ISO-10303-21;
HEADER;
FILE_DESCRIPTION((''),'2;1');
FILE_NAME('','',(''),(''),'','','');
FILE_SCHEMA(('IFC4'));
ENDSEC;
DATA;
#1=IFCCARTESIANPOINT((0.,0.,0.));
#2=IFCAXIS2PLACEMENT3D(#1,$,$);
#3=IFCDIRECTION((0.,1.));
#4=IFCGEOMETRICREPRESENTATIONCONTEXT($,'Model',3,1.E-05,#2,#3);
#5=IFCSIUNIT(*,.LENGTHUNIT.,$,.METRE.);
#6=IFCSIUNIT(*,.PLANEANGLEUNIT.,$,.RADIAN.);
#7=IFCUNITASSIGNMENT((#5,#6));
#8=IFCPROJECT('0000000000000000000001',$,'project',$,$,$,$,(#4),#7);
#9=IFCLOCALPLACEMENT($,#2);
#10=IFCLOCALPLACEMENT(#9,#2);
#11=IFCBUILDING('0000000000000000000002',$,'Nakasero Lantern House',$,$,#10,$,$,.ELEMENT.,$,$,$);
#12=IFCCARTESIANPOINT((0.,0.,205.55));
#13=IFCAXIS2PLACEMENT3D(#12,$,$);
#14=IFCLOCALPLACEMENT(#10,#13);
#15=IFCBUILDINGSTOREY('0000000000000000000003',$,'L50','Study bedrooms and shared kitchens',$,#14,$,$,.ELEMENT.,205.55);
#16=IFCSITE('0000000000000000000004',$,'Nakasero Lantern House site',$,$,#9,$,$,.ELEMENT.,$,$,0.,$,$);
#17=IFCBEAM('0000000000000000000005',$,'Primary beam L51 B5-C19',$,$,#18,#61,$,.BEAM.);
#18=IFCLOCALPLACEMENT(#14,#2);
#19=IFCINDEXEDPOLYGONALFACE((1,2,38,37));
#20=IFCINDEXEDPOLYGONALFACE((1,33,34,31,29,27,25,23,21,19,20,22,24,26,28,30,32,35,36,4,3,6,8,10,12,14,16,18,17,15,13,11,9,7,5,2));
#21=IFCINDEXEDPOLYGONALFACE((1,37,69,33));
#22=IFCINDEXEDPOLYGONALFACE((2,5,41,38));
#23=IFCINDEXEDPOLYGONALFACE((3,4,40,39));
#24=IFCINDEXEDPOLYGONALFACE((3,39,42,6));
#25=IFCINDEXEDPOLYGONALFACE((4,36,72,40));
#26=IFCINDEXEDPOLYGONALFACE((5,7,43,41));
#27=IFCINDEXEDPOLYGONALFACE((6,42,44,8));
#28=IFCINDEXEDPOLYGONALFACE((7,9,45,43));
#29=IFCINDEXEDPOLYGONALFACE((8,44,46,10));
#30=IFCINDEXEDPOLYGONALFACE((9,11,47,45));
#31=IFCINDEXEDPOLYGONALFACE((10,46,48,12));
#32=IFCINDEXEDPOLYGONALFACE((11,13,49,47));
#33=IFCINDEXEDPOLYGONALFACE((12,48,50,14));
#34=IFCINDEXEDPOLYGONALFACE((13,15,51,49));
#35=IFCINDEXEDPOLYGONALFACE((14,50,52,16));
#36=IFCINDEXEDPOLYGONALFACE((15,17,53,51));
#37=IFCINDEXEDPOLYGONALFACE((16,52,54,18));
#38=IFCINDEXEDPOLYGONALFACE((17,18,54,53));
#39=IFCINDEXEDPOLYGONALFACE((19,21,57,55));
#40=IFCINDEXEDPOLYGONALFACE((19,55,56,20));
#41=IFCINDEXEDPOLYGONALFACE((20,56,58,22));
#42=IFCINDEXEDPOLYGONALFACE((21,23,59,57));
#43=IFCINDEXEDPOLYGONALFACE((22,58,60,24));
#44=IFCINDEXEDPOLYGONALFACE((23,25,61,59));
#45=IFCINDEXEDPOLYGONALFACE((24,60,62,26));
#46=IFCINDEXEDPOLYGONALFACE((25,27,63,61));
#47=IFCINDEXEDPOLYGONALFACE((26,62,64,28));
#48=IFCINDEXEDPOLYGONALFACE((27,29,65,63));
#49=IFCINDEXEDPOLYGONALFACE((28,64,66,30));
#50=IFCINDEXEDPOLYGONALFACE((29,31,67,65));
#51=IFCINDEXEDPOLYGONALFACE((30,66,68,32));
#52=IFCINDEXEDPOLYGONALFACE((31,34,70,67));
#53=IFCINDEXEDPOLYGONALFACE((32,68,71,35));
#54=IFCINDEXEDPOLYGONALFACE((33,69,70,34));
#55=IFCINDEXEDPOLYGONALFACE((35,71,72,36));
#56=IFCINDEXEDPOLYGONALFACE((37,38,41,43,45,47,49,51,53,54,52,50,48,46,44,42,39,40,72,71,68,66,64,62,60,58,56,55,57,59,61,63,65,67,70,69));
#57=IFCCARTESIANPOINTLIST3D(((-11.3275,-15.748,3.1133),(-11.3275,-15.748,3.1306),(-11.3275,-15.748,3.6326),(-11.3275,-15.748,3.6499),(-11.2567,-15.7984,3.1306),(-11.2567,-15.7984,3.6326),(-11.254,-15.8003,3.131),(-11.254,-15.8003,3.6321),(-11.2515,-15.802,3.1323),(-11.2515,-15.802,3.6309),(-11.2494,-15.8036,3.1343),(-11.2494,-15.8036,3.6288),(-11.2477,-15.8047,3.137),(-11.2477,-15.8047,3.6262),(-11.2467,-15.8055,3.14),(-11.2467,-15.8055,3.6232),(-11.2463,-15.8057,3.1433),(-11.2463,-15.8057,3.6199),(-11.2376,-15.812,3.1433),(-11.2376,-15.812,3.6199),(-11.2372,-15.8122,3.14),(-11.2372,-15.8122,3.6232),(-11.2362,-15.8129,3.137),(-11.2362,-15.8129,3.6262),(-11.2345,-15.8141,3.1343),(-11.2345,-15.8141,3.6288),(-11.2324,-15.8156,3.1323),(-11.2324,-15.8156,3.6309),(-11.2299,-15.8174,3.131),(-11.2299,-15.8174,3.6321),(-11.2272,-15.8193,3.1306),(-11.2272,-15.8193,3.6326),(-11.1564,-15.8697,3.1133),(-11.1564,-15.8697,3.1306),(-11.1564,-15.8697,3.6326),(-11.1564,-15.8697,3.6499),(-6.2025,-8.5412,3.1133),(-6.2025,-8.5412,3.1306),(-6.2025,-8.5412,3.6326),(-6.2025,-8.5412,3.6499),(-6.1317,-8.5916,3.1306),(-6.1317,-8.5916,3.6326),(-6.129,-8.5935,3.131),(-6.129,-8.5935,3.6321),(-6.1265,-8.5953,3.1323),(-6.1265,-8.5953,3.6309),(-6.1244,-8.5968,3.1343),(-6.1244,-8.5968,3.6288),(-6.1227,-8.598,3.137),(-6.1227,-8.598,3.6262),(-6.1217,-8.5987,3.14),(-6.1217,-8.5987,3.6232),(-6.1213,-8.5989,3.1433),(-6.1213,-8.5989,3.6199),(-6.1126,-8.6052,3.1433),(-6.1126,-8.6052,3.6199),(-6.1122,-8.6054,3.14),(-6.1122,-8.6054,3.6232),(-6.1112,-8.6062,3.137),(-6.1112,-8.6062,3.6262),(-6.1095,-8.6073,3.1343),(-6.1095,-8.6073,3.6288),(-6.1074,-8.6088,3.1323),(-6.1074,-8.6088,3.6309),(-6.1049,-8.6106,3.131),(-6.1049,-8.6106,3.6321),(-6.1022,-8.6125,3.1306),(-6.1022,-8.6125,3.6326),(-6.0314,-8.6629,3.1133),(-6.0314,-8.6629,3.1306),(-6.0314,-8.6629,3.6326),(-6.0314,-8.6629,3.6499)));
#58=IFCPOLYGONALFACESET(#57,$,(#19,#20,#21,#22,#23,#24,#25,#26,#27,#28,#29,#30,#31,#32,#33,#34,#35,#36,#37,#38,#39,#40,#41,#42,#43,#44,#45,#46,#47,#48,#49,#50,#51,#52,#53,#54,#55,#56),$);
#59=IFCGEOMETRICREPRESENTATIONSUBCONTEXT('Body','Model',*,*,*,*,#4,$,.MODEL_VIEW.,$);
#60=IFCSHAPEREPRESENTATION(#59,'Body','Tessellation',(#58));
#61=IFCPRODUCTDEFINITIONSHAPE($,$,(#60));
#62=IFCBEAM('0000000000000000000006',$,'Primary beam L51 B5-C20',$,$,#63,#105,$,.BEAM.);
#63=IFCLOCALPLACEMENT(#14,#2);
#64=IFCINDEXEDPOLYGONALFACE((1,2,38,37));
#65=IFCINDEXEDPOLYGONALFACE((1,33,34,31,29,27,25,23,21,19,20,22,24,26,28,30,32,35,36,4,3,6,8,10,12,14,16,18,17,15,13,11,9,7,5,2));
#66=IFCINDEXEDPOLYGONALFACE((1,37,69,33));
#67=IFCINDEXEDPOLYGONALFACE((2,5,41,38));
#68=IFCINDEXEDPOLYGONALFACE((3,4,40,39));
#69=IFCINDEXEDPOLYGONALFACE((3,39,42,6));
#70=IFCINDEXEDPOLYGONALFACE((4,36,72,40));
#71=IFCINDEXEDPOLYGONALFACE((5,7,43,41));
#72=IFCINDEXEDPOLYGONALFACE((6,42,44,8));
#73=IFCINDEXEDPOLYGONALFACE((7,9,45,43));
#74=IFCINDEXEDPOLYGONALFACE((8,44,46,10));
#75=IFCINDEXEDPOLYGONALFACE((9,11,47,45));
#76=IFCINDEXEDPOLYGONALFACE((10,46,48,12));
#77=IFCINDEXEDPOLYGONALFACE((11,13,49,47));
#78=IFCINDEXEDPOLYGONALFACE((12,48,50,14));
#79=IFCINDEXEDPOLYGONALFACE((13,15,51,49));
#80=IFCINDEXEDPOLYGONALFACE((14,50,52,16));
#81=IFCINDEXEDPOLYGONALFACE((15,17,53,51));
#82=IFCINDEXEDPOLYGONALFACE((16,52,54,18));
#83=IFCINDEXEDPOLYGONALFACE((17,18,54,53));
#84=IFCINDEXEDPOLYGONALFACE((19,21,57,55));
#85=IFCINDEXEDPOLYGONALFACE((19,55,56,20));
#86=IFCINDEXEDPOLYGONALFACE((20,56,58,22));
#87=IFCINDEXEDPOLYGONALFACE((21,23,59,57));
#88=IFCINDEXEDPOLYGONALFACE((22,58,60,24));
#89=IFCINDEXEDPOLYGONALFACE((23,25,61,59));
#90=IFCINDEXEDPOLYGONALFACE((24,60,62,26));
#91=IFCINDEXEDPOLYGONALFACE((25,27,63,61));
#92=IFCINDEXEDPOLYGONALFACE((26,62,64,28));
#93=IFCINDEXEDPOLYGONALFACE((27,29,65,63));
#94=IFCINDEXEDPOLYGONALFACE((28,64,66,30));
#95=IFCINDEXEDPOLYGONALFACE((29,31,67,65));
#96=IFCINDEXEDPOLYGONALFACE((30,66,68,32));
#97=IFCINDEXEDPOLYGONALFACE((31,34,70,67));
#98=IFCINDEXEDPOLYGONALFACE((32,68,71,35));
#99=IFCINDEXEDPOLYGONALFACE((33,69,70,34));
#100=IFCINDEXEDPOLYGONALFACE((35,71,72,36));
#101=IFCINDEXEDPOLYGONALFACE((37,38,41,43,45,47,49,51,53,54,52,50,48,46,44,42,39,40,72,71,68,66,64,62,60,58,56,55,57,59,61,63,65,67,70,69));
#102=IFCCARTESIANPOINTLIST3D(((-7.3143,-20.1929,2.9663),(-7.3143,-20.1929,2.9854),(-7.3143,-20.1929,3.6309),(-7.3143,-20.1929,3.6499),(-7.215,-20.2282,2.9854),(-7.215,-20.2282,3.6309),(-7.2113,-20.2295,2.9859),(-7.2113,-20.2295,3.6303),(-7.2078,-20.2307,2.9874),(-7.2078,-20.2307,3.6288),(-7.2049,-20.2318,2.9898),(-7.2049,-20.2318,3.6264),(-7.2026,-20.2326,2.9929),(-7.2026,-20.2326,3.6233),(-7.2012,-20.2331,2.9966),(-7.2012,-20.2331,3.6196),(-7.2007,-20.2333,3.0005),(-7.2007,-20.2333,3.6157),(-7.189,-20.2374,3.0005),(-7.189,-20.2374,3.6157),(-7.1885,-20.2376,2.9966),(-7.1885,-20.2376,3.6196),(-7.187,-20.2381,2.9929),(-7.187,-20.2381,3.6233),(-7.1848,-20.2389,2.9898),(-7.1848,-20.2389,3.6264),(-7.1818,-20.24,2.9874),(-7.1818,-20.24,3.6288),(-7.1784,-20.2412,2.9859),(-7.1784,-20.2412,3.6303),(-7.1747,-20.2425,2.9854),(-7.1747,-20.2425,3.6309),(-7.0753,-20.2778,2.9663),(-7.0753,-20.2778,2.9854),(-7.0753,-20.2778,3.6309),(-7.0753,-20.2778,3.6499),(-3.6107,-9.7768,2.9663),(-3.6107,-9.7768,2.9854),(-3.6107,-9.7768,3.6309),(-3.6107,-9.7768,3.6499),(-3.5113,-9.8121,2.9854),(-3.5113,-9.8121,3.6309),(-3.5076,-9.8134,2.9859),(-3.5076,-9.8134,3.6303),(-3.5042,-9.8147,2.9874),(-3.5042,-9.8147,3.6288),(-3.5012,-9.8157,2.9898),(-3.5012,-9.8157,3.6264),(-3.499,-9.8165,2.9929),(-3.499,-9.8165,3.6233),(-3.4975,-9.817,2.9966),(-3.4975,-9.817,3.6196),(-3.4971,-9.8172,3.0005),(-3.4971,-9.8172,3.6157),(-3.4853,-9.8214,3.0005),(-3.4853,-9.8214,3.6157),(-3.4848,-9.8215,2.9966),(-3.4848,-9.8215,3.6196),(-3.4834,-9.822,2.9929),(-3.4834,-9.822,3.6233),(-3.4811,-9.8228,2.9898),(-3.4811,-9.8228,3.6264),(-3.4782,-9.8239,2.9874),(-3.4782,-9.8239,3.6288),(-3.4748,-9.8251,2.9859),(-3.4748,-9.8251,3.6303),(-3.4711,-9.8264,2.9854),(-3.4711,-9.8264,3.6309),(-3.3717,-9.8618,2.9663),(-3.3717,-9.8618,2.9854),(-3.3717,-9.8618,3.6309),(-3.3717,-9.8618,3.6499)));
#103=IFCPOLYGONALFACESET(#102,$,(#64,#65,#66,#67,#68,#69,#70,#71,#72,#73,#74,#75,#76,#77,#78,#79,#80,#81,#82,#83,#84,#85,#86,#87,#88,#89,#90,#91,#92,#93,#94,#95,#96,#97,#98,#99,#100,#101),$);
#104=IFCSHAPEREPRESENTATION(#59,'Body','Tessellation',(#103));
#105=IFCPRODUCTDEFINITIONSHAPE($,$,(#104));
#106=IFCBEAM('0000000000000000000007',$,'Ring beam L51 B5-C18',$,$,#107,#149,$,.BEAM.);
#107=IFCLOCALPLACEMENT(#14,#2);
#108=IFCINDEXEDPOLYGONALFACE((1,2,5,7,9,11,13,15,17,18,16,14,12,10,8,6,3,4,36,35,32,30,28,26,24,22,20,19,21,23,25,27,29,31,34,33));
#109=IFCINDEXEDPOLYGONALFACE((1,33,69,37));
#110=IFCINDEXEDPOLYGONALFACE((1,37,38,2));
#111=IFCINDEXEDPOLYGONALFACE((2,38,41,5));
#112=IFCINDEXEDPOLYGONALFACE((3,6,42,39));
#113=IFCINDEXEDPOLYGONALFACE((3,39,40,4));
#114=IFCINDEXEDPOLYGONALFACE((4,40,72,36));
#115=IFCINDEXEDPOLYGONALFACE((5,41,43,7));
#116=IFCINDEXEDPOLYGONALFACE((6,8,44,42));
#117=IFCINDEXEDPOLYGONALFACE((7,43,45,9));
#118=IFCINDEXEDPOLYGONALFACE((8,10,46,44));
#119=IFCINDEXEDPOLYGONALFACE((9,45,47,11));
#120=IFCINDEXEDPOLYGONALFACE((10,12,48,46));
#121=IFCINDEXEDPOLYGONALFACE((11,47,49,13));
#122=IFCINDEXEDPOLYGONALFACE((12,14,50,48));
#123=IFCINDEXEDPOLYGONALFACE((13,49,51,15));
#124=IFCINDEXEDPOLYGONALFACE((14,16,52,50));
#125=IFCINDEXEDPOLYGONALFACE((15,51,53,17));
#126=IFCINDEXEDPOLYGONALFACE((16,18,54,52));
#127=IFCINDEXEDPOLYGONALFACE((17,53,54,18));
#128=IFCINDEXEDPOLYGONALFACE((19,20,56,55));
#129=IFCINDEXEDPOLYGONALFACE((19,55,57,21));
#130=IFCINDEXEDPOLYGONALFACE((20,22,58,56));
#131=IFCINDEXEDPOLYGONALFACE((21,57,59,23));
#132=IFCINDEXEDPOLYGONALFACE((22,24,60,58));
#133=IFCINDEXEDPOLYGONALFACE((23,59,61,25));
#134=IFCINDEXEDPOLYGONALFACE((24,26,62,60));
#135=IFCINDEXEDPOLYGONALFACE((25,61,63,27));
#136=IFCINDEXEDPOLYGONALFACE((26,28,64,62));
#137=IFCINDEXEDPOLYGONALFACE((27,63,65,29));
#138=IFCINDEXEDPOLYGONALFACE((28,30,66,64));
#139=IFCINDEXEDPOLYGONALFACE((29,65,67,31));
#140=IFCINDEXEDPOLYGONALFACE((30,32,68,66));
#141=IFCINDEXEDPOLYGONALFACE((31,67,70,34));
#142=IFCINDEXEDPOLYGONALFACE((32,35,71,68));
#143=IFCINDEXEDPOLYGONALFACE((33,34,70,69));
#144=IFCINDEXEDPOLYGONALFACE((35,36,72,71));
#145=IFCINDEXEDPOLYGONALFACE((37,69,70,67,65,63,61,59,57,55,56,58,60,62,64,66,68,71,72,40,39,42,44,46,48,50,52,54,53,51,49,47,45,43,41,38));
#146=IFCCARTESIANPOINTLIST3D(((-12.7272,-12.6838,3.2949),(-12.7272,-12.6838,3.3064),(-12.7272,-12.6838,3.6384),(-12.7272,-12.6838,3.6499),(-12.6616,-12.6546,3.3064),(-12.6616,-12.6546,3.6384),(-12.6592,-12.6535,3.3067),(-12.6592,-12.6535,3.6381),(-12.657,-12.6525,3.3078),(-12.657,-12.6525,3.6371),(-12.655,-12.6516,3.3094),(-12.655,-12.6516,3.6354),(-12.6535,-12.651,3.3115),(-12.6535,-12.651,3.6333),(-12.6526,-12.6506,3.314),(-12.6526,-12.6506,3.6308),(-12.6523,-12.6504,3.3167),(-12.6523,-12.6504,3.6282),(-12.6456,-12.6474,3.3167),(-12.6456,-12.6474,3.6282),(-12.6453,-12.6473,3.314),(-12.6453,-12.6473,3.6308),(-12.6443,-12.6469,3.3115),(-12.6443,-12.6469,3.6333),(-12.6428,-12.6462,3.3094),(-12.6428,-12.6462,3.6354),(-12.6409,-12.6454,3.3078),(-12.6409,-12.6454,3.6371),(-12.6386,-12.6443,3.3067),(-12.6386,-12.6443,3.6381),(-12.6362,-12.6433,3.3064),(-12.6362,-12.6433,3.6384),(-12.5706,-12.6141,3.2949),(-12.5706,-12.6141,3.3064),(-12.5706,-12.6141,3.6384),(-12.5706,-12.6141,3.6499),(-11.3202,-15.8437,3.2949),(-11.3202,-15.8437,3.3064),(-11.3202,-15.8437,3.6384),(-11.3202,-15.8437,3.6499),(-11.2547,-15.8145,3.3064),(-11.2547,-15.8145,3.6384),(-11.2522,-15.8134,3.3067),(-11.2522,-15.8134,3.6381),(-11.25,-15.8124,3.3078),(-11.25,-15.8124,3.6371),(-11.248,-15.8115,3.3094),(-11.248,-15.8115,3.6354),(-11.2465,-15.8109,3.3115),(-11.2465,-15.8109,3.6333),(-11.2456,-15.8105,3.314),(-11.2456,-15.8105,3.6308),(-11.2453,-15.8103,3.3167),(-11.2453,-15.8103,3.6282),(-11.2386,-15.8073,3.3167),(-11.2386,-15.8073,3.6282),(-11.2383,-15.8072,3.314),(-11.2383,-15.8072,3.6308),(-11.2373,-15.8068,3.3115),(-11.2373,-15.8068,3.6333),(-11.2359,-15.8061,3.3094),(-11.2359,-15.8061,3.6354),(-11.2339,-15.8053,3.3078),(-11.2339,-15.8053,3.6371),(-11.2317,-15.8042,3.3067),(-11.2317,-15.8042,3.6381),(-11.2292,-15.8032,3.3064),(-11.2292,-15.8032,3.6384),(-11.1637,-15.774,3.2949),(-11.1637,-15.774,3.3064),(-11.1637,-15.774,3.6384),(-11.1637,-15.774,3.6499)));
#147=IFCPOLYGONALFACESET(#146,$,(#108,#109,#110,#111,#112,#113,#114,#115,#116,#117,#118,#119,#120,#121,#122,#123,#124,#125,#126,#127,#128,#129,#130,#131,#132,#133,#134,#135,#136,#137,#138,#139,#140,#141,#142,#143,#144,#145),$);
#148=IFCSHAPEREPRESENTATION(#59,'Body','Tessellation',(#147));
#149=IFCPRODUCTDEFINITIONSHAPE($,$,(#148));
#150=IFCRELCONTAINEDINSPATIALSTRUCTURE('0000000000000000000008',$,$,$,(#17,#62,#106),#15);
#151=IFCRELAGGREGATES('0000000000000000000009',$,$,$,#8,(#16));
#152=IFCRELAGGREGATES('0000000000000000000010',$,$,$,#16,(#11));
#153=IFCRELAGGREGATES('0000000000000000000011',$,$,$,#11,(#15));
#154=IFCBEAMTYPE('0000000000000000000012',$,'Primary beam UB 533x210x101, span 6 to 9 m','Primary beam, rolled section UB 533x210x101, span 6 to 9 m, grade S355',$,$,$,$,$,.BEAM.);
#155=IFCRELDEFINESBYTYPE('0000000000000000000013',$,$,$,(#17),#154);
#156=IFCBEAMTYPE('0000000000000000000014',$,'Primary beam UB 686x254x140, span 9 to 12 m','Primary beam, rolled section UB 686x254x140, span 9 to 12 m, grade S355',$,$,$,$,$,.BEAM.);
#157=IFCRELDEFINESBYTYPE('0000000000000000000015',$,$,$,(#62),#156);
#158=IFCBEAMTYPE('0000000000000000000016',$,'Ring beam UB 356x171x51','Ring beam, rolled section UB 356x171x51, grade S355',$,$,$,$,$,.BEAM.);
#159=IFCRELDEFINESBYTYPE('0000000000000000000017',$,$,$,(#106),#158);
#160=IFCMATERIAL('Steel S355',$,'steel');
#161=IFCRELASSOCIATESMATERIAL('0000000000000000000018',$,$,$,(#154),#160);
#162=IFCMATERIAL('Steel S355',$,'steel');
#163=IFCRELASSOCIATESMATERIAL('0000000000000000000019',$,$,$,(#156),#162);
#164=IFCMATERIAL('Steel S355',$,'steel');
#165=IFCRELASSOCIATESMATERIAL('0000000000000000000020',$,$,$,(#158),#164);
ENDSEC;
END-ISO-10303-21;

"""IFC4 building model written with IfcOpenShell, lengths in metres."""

from ifc_helpers import new_model, si_unit, direction, frame, origin, origin_2d, place, context, subcontext, project, spatial, i_section, extrude, material, material_profile, profile_set, type_object, element, save


model = new_model("IFC4")

# Units and contexts
model_context = context("Model", 3, precision=1e-05, world=origin(), true_north=direction((0.0, 1.0)))
body_context = subcontext(model_context, "Body", "Model", "MODEL_VIEW")
ifc_project = project(units=[si_unit("LENGTHUNIT", "METRE"), si_unit("PLANEANGLEUNIT", "RADIAN")], contexts=[model_context])

# Site, building, storey
site_placement = place(None, origin())
site = spatial("IfcSite", under=ifc_project, at=site_placement, Name="Nakasero Lantern House site", CompositionType="ELEMENT", RefElevation=0.0)
building_placement = place(site_placement, origin())
building = spatial("IfcBuilding", under=site, at=building_placement, Name="Nakasero Lantern House", CompositionType="ELEMENT")
storey_placement = place(building_placement, frame((0.0, 0.0, 205.55)))
storey = spatial("IfcBuildingStorey", under=building, at=storey_placement, Name="L50", Description="Study bedrooms and shared kitchens", CompositionType="ELEMENT", Elevation=205.55)

# Beams
ifc_material_1 = material(Name="Steel S355", Category="steel")
ifc_material_profile_1 = material_profile(ifc_material_1, i_section(OverallWidth=0.21, OverallDepth=0.5366, WebThickness=0.0107, FlangeThickness=0.0173, FilletRadius=0.0127, at=origin_2d()), Name="UB 533x210x101")
ifc_profile_set_1 = profile_set([ifc_material_profile_1], Name="Steel S355")
beam_type_1 = type_object("IfcBeamType", Name="Primary beam UB 533x210x101, span 6 to 9 m", Description="Primary beam, rolled section UB 533x210x101, span 6 to 9 m, grade S355", PredefinedType="BEAM", material=ifc_profile_set_1)
beam_1_placement = place(storey_placement, frame((-11.2419, -15.8088, 3.3816), z_axis=(0.579537, 0.814946, 0.0), x_axis=(-0.814946, 0.579537, 0.0)))
element("IfcBeam", 1, at=beam_1_placement, inside=storey, type_object=beam_type_1, Name="Primary beam L51 B5-C19", PredefinedType="BEAM", context=body_context, shape_type="SweptSolid", body=[
    extrude(i_section(OverallWidth=0.21, OverallDepth=0.5366, WebThickness=0.0107, FlangeThickness=0.0173, FilletRadius=0.0127, at=origin_2d()), origin(), (0.0, 0.0, 1.0), 8.8433),
])
ifc_material_2 = material(Name="Steel S355", Category="steel")
ifc_material_profile_2 = material_profile(ifc_material_2, i_section(OverallWidth=0.2537, OverallDepth=0.6836, WebThickness=0.0125, FlangeThickness=0.019, FilletRadius=0.0151, at=origin_2d()), Name="UB 686x254x140")
ifc_profile_set_2 = profile_set([ifc_material_profile_2], Name="Steel S355")
beam_type_2 = type_object("IfcBeamType", Name="Primary beam UB 686x254x140, span 9 to 12 m", Description="Primary beam, rolled section UB 686x254x140, span 9 to 12 m, grade S355", PredefinedType="BEAM", material=ifc_profile_set_2)
beam_2_placement = place(storey_placement, frame((-7.1948, -20.2354, 3.3081), z_axis=(0.335021, 0.942211, 0.0), x_axis=(-0.942211, 0.335021, 0.0)))
element("IfcBeam", 2, at=beam_2_placement, inside=storey, type_object=beam_type_2, Name="Primary beam L51 B5-C20", PredefinedType="BEAM", context=body_context, shape_type="SweptSolid", body=[
    extrude(i_section(OverallWidth=0.2537, OverallDepth=0.6836, WebThickness=0.0125, FlangeThickness=0.019, FilletRadius=0.0151, at=origin_2d()), origin(), (0.0, 0.0, 1.0), 11.0549),
])
ifc_material_3 = material(Name="Steel S355", Category="steel")
ifc_material_profile_3 = material_profile(ifc_material_3, i_section(OverallWidth=0.1714, OverallDepth=0.355, WebThickness=0.0073, FlangeThickness=0.0115, FilletRadius=0.0103, at=origin_2d()), Name="UB 356x171x51")
ifc_profile_set_3 = profile_set([ifc_material_profile_3], Name="Steel S355")
beam_type_3 = type_object("IfcBeamType", Name="Ring beam UB 356x171x51", Description="Ring beam, rolled section UB 356x171x51, grade S355", PredefinedType="BEAM", material=ifc_profile_set_3)
beam_3_placement = place(storey_placement, frame((-12.6489, -12.6489, 3.4724), z_axis=(0.406761, -0.913535, 0.0), x_axis=(0.913535, 0.406761, 0.0)))
element("IfcBeam", 3, at=beam_3_placement, inside=storey, type_object=beam_type_3, Name="Ring beam L51 B5-C18", PredefinedType="BEAM", context=body_context, shape_type="SweptSolid", body=[
    extrude(i_section(OverallWidth=0.1714, OverallDepth=0.355, WebThickness=0.0073, FlangeThickness=0.0115, FilletRadius=0.0103, at=origin_2d()), origin(), (0.0, 0.0, 1.0), 3.459),
])

save(model, "model.ifc")
